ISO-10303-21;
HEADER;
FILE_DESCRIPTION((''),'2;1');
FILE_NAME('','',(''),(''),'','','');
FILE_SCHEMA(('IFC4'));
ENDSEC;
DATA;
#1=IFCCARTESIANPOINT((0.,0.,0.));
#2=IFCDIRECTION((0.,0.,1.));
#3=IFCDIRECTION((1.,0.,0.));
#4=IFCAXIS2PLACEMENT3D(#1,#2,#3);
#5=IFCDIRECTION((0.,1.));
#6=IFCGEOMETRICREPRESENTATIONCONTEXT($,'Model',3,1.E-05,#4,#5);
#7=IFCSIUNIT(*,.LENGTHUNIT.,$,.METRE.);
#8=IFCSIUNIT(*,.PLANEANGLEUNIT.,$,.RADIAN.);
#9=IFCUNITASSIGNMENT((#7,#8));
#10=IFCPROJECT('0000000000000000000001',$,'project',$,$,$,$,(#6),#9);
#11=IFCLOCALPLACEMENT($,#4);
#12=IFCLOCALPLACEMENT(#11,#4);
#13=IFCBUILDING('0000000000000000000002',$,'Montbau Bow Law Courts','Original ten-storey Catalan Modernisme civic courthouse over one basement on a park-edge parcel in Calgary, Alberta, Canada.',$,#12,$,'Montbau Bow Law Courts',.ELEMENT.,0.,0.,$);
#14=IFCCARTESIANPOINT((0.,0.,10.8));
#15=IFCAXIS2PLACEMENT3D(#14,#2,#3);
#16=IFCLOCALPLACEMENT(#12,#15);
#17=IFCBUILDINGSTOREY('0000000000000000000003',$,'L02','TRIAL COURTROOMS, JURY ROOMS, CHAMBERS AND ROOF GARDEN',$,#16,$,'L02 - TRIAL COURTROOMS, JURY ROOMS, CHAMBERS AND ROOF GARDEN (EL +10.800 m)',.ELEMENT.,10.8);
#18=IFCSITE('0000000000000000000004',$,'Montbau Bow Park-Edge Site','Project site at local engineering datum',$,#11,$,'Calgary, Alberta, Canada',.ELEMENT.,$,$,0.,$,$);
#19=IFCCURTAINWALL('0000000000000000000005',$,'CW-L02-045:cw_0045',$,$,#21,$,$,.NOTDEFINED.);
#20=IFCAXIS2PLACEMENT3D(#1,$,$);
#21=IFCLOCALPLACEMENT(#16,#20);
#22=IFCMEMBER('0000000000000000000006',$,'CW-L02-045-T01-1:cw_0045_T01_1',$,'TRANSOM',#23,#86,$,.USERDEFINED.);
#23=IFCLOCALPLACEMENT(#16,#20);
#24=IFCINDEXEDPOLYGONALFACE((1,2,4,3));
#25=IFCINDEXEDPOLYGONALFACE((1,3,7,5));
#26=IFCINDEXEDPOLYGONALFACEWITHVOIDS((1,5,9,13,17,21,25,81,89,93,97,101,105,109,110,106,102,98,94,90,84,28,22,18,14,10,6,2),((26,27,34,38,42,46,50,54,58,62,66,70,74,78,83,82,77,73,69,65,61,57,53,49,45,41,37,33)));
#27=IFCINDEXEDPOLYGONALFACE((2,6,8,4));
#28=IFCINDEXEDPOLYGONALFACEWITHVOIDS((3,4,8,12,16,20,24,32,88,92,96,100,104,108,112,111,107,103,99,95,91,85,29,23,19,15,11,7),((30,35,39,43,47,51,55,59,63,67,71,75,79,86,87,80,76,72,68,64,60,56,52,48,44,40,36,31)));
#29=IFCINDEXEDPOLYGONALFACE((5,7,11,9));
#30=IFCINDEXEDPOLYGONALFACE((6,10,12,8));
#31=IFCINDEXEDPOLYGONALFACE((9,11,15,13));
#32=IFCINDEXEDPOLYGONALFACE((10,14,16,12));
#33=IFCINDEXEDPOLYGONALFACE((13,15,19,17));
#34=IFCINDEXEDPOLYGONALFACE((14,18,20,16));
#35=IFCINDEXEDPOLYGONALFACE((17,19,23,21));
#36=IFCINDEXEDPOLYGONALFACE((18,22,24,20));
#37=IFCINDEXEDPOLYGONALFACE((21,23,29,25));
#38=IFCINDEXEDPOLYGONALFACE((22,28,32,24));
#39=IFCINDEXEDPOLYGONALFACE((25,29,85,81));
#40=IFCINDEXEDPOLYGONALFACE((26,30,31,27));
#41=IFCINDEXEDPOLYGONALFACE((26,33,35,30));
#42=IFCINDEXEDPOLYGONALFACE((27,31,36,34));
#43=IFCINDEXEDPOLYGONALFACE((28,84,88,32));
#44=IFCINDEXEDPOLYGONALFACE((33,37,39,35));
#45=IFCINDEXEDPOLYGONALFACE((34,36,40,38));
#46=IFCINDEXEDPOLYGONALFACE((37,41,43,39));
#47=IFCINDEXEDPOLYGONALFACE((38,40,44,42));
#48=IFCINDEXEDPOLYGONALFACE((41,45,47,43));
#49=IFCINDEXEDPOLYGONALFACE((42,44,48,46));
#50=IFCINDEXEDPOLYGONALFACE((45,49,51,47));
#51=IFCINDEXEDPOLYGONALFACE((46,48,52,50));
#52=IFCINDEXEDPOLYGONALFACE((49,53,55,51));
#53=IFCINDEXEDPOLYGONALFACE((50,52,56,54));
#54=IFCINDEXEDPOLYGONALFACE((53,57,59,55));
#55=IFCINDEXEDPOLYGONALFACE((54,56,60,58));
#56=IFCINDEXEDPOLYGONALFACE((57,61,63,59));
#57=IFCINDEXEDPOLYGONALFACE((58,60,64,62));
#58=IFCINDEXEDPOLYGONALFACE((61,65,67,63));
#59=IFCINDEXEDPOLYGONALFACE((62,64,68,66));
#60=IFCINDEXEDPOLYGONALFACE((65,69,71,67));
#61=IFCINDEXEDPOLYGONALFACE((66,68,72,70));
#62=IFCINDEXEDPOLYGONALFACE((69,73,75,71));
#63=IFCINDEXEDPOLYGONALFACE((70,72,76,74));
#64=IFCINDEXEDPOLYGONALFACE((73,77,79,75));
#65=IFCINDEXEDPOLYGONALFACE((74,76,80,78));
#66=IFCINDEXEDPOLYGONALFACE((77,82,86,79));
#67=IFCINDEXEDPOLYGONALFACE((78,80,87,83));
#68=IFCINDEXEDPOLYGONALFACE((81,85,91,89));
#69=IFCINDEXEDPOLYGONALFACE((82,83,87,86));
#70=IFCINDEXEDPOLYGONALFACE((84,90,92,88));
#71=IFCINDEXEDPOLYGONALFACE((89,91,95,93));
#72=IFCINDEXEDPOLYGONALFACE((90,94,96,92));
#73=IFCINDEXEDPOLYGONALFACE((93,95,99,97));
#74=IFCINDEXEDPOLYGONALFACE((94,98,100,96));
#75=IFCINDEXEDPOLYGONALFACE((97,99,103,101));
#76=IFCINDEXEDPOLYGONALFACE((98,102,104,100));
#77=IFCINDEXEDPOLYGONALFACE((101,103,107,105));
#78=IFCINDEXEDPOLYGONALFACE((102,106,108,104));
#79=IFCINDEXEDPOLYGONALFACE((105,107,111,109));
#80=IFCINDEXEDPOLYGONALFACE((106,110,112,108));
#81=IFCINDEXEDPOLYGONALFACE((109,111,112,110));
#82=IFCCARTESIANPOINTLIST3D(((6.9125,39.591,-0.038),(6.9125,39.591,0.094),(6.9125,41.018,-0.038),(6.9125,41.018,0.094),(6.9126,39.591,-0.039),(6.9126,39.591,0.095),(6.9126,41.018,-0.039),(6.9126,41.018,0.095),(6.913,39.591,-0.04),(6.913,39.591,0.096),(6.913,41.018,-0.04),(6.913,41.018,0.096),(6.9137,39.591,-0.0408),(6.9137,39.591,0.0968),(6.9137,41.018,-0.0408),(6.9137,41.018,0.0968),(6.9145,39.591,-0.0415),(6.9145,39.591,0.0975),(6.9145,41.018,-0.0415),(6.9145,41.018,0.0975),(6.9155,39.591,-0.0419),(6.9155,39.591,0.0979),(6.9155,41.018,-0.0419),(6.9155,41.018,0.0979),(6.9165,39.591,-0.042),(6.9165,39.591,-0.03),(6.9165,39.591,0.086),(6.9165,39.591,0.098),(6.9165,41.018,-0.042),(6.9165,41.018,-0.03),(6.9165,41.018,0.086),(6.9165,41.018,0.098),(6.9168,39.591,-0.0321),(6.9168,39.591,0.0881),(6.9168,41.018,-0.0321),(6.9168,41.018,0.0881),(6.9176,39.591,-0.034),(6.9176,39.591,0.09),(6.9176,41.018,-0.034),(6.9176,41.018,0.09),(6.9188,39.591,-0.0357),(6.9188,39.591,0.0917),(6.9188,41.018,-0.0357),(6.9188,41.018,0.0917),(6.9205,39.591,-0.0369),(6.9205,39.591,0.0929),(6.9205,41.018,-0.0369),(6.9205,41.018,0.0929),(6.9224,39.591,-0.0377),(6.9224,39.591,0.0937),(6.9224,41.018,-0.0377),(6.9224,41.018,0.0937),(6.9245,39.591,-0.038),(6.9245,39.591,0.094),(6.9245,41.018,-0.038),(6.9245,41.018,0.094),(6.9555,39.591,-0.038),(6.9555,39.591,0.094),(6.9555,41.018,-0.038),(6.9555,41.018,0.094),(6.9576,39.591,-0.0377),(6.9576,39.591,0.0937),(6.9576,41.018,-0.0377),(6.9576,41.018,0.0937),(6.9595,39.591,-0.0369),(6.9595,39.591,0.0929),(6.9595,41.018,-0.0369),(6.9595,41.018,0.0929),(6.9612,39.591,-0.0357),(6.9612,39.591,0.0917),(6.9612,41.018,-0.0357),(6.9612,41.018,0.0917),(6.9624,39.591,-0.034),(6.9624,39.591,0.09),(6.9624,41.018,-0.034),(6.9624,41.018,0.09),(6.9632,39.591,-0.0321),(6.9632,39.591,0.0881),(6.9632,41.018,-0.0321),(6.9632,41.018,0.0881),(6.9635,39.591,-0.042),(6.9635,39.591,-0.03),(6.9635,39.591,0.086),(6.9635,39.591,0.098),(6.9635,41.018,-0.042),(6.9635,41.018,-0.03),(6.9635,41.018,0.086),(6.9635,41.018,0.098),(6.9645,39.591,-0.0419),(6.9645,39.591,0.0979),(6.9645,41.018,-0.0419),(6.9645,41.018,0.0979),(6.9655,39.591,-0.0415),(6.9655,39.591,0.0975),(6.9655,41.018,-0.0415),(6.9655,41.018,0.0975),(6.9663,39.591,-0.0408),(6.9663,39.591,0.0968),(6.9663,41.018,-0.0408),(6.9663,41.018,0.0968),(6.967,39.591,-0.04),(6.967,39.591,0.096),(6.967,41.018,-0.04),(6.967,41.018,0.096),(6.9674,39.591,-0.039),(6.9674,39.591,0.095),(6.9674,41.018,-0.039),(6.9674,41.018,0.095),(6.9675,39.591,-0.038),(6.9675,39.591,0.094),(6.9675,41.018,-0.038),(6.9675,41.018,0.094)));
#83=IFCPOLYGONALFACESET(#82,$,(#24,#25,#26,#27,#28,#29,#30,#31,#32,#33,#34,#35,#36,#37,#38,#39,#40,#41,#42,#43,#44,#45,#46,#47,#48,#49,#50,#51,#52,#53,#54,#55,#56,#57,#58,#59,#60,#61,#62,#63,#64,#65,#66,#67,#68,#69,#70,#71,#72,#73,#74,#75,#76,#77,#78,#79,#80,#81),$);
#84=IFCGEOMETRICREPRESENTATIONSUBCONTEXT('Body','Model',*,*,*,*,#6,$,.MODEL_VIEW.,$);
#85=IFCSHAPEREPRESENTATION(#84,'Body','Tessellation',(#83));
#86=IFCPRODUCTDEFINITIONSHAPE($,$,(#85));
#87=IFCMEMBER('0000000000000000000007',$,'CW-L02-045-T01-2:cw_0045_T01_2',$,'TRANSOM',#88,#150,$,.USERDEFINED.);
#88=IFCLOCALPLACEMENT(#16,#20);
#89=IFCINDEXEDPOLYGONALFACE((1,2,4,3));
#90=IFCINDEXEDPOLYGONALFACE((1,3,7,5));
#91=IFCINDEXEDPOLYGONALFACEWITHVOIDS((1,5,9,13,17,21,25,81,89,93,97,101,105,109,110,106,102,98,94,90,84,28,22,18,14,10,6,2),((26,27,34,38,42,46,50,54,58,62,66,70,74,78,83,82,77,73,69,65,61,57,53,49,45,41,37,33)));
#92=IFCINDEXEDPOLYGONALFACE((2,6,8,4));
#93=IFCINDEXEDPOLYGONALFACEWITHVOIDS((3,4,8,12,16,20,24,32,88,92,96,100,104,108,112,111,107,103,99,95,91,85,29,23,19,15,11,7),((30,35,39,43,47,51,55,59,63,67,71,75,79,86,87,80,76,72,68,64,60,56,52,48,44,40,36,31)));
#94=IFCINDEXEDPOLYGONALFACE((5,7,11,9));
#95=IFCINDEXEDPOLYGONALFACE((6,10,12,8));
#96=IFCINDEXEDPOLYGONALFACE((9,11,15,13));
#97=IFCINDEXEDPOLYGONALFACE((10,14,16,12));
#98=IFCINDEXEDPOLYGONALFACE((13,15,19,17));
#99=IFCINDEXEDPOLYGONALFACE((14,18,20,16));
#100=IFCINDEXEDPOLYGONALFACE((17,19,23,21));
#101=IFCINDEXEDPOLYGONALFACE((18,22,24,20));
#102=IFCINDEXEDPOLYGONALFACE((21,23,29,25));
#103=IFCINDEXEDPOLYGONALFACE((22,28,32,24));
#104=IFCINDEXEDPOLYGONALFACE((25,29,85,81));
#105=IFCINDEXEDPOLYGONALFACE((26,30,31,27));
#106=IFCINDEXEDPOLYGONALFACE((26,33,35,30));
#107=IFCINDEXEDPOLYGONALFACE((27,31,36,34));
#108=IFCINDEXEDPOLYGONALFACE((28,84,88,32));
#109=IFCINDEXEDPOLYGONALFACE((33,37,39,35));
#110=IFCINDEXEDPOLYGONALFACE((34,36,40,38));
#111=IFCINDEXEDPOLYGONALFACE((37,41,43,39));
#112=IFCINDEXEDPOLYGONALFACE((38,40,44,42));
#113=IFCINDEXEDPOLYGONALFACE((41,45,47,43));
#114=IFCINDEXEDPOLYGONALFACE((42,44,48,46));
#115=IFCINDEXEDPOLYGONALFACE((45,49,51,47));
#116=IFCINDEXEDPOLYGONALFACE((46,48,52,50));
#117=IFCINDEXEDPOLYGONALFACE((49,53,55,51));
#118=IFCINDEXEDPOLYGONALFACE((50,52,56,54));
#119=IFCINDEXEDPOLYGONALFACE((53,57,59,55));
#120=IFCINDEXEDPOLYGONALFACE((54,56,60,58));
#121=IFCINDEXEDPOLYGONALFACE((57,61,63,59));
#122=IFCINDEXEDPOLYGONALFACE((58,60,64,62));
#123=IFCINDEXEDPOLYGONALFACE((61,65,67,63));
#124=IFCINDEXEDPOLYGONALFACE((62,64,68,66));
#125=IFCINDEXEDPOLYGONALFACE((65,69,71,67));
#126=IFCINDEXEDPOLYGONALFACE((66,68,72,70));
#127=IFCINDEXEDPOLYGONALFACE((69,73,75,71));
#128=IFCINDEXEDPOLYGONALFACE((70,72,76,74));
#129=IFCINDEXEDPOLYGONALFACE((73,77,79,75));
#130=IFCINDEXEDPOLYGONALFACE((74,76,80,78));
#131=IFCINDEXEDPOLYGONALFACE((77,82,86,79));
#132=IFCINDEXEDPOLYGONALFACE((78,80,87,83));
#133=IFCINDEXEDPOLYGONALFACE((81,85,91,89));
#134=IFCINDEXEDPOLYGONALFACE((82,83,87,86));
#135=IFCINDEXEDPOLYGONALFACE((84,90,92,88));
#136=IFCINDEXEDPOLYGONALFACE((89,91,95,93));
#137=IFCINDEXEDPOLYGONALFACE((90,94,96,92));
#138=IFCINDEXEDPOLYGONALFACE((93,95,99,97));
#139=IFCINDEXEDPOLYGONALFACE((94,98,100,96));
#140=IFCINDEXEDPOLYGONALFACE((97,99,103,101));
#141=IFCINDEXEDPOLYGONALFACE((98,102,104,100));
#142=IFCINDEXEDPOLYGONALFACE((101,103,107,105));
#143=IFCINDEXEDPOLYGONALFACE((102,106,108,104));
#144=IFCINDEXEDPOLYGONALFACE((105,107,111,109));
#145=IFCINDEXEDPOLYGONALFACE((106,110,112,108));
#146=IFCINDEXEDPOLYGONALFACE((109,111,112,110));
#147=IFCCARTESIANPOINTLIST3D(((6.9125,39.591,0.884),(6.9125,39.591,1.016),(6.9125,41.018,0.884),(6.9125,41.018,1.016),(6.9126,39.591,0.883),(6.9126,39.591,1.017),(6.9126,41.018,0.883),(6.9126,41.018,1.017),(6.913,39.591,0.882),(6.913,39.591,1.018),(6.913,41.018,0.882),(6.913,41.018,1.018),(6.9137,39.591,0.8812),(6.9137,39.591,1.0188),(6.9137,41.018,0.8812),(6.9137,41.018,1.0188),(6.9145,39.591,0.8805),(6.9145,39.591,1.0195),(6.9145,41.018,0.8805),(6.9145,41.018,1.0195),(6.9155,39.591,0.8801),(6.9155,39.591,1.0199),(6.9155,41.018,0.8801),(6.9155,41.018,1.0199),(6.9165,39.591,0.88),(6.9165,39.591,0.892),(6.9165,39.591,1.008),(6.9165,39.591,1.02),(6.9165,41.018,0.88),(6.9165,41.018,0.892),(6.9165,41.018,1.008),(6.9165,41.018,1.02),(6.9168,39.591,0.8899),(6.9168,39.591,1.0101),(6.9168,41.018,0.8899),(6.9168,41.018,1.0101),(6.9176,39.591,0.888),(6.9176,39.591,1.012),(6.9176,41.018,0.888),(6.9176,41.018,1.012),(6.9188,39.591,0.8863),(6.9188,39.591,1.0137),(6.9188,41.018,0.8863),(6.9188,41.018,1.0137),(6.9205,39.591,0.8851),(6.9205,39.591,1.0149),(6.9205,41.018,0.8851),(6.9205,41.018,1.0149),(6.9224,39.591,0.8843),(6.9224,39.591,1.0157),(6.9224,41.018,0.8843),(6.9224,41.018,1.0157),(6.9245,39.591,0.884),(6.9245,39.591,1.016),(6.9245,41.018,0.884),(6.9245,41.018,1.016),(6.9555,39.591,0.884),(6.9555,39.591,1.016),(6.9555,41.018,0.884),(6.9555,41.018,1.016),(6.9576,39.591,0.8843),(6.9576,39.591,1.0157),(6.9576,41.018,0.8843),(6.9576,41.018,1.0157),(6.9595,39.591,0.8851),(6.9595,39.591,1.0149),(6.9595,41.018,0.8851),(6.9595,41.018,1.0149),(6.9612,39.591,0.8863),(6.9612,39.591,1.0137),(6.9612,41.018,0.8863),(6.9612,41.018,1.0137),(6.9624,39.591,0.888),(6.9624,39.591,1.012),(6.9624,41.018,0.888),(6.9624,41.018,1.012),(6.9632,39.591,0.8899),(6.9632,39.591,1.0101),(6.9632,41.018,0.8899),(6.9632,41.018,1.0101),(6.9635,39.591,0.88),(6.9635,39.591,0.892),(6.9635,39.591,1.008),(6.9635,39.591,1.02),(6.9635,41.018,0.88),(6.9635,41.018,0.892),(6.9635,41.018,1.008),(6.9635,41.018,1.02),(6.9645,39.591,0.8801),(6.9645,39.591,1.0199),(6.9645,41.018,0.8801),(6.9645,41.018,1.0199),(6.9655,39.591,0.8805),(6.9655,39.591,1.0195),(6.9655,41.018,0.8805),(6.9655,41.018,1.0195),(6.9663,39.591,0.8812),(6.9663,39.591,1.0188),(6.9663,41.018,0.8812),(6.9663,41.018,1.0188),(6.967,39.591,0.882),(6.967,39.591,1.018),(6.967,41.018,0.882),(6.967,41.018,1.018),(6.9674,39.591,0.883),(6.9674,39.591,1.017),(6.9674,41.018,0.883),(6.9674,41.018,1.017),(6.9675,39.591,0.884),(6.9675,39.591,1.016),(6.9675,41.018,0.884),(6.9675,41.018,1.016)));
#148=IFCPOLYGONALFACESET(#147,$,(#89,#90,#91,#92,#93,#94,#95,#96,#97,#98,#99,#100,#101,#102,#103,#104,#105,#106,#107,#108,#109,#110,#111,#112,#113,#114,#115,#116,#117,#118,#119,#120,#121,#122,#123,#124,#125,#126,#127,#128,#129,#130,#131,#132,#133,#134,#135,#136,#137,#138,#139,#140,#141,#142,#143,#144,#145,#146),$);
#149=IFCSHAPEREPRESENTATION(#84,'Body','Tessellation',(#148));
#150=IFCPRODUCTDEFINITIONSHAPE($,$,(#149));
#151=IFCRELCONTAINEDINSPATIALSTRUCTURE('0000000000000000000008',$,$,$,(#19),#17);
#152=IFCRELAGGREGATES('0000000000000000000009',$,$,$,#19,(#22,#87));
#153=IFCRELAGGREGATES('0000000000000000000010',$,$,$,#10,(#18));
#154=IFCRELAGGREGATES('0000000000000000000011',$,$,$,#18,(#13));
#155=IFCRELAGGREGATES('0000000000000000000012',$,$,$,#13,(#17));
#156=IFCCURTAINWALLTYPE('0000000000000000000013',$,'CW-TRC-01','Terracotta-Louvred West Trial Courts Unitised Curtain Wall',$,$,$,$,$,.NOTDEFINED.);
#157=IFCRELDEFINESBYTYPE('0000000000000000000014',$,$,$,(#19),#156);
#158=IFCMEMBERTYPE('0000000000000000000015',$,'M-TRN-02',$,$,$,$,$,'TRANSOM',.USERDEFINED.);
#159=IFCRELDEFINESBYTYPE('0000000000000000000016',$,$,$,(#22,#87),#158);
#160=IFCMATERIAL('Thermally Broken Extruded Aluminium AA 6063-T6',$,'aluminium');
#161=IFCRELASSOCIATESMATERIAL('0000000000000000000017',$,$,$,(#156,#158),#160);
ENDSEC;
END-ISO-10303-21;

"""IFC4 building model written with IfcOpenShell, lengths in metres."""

from ifc_helpers import new_model, si_unit, direction, frame, origin_with_axes, origin_2d_with_axis, place, context, subcontext, project, spatial, hollow_rectangle, extrude, material, material_profile, profile_set, type_object, element, aggregate, save


model = new_model("IFC4")

# Units and contexts
model_context = context("Model", 3, precision=1e-05, world=origin_with_axes(), true_north=direction((0.0, 1.0)))
body_context = subcontext(model_context, "Body", "Model", "MODEL_VIEW")
ifc_project = project(units=[si_unit("LENGTHUNIT", "METRE"), si_unit("PLANEANGLEUNIT", "RADIAN")], contexts=[model_context])

# Site, building, storey
site_placement = place(None, origin_with_axes())
site = spatial("IfcSite", under=ifc_project, at=site_placement, Name="Montbau Bow Park-Edge Site", Description="Project site at local engineering datum", LongName="Calgary, Alberta, Canada", CompositionType="ELEMENT", RefElevation=0.0)
building_placement = place(site_placement, origin_with_axes())
building = spatial("IfcBuilding", under=site, at=building_placement, Name="Montbau Bow Law Courts", Description="Original ten-storey Catalan Modernisme civic courthouse over one basement on a park-edge parcel in Calgary, Alberta, Canada.", LongName="Montbau Bow Law Courts", CompositionType="ELEMENT", ElevationOfRefHeight=0.0, ElevationOfTerrain=0.0)
storey_placement = place(building_placement, frame((0.0, 0.0, 10.8), z_axis=(0.0, 0.0, 1.0), x_axis=(1.0, 0.0, 0.0)))
storey = spatial("IfcBuildingStorey", under=building, at=storey_placement, Name="L02", Description="TRIAL COURTROOMS, JURY ROOMS, CHAMBERS AND ROOF GARDEN", LongName="L02 - TRIAL COURTROOMS, JURY ROOMS, CHAMBERS AND ROOF GARDEN (EL +10.800 m)", CompositionType="ELEMENT", Elevation=10.8)

# Curtain wall, members
ifc_material_1 = material(Name="Thermally Broken Extruded Aluminium AA 6063-T6", Category="aluminium")
curtain_wall_type = type_object("IfcCurtainWallType", Name="CW-TRC-01", Description="Terracotta-Louvred West Trial Courts Unitised Curtain Wall", PredefinedType="NOTDEFINED", material=ifc_material_1)
curtain_wall_placement = place(None, frame((6.94, 39.515, 10.8), z_axis=(0.0, 0.0, 1.0), x_axis=(1.0, 0.0, 0.0)))
curtain_wall = element("IfcCurtainWall", 1, at=curtain_wall_placement, inside=storey, type_object=curtain_wall_type, Name="CW-L02-045:cw_0045", PredefinedType="NOTDEFINED")
ifc_material_profile_1 = material_profile(ifc_material_1, hollow_rectangle(XDim=0.055, YDim=0.14, WallThickness=0.004, InnerFilletRadius=0.008, OuterFilletRadius=0.004, at=origin_2d_with_axis()), Name="CWT-140X55", Category="Main", Priority=0)
ifc_profile_set_1 = profile_set([ifc_material_profile_1], Name="Thermally Broken Extruded Aluminium AA 6063-T6")
member_type_1 = type_object("IfcMemberType", Name="M-TRN-02", ElementType="TRANSOM", PredefinedType="USERDEFINED", material=ifc_profile_set_1)
member_1_placement = place(None, frame((6.94, 39.591, 10.828), z_axis=(0.0, 1.0, 0.0), x_axis=(-1.0, 0.0, 0.0)))
member_1 = element("IfcMember", 2, at=member_1_placement, type_object=member_type_1, Name="CW-L02-045-T01-1:cw_0045_T01_1", ObjectType="TRANSOM", PredefinedType="USERDEFINED", context=body_context, shape_type="SweptSolid", body=[
    extrude(hollow_rectangle(XDim=0.055, YDim=0.14, WallThickness=0.004, InnerFilletRadius=0.008, OuterFilletRadius=0.004, at=origin_2d_with_axis()), origin_with_axes(), (0.0, 0.0, 1.0), 1.427),
])
member_2_placement = place(None, frame((6.94, 39.591, 11.75), z_axis=(0.0, 1.0, 0.0), x_axis=(-1.0, 0.0, 0.0)))
member_2 = element("IfcMember", 3, at=member_2_placement, type_object=member_type_1, Name="CW-L02-045-T01-2:cw_0045_T01_2", ObjectType="TRANSOM", PredefinedType="USERDEFINED", context=body_context, shape_type="SweptSolid", body=[
    extrude(hollow_rectangle(XDim=0.055, YDim=0.14, WallThickness=0.004, InnerFilletRadius=0.008, OuterFilletRadius=0.004, at=origin_2d_with_axis()), origin_with_axes(), (0.0, 0.0, 1.0), 1.427),
])
aggregate(curtain_wall, [member_1, member_2])

save(model, "model.ifc")
